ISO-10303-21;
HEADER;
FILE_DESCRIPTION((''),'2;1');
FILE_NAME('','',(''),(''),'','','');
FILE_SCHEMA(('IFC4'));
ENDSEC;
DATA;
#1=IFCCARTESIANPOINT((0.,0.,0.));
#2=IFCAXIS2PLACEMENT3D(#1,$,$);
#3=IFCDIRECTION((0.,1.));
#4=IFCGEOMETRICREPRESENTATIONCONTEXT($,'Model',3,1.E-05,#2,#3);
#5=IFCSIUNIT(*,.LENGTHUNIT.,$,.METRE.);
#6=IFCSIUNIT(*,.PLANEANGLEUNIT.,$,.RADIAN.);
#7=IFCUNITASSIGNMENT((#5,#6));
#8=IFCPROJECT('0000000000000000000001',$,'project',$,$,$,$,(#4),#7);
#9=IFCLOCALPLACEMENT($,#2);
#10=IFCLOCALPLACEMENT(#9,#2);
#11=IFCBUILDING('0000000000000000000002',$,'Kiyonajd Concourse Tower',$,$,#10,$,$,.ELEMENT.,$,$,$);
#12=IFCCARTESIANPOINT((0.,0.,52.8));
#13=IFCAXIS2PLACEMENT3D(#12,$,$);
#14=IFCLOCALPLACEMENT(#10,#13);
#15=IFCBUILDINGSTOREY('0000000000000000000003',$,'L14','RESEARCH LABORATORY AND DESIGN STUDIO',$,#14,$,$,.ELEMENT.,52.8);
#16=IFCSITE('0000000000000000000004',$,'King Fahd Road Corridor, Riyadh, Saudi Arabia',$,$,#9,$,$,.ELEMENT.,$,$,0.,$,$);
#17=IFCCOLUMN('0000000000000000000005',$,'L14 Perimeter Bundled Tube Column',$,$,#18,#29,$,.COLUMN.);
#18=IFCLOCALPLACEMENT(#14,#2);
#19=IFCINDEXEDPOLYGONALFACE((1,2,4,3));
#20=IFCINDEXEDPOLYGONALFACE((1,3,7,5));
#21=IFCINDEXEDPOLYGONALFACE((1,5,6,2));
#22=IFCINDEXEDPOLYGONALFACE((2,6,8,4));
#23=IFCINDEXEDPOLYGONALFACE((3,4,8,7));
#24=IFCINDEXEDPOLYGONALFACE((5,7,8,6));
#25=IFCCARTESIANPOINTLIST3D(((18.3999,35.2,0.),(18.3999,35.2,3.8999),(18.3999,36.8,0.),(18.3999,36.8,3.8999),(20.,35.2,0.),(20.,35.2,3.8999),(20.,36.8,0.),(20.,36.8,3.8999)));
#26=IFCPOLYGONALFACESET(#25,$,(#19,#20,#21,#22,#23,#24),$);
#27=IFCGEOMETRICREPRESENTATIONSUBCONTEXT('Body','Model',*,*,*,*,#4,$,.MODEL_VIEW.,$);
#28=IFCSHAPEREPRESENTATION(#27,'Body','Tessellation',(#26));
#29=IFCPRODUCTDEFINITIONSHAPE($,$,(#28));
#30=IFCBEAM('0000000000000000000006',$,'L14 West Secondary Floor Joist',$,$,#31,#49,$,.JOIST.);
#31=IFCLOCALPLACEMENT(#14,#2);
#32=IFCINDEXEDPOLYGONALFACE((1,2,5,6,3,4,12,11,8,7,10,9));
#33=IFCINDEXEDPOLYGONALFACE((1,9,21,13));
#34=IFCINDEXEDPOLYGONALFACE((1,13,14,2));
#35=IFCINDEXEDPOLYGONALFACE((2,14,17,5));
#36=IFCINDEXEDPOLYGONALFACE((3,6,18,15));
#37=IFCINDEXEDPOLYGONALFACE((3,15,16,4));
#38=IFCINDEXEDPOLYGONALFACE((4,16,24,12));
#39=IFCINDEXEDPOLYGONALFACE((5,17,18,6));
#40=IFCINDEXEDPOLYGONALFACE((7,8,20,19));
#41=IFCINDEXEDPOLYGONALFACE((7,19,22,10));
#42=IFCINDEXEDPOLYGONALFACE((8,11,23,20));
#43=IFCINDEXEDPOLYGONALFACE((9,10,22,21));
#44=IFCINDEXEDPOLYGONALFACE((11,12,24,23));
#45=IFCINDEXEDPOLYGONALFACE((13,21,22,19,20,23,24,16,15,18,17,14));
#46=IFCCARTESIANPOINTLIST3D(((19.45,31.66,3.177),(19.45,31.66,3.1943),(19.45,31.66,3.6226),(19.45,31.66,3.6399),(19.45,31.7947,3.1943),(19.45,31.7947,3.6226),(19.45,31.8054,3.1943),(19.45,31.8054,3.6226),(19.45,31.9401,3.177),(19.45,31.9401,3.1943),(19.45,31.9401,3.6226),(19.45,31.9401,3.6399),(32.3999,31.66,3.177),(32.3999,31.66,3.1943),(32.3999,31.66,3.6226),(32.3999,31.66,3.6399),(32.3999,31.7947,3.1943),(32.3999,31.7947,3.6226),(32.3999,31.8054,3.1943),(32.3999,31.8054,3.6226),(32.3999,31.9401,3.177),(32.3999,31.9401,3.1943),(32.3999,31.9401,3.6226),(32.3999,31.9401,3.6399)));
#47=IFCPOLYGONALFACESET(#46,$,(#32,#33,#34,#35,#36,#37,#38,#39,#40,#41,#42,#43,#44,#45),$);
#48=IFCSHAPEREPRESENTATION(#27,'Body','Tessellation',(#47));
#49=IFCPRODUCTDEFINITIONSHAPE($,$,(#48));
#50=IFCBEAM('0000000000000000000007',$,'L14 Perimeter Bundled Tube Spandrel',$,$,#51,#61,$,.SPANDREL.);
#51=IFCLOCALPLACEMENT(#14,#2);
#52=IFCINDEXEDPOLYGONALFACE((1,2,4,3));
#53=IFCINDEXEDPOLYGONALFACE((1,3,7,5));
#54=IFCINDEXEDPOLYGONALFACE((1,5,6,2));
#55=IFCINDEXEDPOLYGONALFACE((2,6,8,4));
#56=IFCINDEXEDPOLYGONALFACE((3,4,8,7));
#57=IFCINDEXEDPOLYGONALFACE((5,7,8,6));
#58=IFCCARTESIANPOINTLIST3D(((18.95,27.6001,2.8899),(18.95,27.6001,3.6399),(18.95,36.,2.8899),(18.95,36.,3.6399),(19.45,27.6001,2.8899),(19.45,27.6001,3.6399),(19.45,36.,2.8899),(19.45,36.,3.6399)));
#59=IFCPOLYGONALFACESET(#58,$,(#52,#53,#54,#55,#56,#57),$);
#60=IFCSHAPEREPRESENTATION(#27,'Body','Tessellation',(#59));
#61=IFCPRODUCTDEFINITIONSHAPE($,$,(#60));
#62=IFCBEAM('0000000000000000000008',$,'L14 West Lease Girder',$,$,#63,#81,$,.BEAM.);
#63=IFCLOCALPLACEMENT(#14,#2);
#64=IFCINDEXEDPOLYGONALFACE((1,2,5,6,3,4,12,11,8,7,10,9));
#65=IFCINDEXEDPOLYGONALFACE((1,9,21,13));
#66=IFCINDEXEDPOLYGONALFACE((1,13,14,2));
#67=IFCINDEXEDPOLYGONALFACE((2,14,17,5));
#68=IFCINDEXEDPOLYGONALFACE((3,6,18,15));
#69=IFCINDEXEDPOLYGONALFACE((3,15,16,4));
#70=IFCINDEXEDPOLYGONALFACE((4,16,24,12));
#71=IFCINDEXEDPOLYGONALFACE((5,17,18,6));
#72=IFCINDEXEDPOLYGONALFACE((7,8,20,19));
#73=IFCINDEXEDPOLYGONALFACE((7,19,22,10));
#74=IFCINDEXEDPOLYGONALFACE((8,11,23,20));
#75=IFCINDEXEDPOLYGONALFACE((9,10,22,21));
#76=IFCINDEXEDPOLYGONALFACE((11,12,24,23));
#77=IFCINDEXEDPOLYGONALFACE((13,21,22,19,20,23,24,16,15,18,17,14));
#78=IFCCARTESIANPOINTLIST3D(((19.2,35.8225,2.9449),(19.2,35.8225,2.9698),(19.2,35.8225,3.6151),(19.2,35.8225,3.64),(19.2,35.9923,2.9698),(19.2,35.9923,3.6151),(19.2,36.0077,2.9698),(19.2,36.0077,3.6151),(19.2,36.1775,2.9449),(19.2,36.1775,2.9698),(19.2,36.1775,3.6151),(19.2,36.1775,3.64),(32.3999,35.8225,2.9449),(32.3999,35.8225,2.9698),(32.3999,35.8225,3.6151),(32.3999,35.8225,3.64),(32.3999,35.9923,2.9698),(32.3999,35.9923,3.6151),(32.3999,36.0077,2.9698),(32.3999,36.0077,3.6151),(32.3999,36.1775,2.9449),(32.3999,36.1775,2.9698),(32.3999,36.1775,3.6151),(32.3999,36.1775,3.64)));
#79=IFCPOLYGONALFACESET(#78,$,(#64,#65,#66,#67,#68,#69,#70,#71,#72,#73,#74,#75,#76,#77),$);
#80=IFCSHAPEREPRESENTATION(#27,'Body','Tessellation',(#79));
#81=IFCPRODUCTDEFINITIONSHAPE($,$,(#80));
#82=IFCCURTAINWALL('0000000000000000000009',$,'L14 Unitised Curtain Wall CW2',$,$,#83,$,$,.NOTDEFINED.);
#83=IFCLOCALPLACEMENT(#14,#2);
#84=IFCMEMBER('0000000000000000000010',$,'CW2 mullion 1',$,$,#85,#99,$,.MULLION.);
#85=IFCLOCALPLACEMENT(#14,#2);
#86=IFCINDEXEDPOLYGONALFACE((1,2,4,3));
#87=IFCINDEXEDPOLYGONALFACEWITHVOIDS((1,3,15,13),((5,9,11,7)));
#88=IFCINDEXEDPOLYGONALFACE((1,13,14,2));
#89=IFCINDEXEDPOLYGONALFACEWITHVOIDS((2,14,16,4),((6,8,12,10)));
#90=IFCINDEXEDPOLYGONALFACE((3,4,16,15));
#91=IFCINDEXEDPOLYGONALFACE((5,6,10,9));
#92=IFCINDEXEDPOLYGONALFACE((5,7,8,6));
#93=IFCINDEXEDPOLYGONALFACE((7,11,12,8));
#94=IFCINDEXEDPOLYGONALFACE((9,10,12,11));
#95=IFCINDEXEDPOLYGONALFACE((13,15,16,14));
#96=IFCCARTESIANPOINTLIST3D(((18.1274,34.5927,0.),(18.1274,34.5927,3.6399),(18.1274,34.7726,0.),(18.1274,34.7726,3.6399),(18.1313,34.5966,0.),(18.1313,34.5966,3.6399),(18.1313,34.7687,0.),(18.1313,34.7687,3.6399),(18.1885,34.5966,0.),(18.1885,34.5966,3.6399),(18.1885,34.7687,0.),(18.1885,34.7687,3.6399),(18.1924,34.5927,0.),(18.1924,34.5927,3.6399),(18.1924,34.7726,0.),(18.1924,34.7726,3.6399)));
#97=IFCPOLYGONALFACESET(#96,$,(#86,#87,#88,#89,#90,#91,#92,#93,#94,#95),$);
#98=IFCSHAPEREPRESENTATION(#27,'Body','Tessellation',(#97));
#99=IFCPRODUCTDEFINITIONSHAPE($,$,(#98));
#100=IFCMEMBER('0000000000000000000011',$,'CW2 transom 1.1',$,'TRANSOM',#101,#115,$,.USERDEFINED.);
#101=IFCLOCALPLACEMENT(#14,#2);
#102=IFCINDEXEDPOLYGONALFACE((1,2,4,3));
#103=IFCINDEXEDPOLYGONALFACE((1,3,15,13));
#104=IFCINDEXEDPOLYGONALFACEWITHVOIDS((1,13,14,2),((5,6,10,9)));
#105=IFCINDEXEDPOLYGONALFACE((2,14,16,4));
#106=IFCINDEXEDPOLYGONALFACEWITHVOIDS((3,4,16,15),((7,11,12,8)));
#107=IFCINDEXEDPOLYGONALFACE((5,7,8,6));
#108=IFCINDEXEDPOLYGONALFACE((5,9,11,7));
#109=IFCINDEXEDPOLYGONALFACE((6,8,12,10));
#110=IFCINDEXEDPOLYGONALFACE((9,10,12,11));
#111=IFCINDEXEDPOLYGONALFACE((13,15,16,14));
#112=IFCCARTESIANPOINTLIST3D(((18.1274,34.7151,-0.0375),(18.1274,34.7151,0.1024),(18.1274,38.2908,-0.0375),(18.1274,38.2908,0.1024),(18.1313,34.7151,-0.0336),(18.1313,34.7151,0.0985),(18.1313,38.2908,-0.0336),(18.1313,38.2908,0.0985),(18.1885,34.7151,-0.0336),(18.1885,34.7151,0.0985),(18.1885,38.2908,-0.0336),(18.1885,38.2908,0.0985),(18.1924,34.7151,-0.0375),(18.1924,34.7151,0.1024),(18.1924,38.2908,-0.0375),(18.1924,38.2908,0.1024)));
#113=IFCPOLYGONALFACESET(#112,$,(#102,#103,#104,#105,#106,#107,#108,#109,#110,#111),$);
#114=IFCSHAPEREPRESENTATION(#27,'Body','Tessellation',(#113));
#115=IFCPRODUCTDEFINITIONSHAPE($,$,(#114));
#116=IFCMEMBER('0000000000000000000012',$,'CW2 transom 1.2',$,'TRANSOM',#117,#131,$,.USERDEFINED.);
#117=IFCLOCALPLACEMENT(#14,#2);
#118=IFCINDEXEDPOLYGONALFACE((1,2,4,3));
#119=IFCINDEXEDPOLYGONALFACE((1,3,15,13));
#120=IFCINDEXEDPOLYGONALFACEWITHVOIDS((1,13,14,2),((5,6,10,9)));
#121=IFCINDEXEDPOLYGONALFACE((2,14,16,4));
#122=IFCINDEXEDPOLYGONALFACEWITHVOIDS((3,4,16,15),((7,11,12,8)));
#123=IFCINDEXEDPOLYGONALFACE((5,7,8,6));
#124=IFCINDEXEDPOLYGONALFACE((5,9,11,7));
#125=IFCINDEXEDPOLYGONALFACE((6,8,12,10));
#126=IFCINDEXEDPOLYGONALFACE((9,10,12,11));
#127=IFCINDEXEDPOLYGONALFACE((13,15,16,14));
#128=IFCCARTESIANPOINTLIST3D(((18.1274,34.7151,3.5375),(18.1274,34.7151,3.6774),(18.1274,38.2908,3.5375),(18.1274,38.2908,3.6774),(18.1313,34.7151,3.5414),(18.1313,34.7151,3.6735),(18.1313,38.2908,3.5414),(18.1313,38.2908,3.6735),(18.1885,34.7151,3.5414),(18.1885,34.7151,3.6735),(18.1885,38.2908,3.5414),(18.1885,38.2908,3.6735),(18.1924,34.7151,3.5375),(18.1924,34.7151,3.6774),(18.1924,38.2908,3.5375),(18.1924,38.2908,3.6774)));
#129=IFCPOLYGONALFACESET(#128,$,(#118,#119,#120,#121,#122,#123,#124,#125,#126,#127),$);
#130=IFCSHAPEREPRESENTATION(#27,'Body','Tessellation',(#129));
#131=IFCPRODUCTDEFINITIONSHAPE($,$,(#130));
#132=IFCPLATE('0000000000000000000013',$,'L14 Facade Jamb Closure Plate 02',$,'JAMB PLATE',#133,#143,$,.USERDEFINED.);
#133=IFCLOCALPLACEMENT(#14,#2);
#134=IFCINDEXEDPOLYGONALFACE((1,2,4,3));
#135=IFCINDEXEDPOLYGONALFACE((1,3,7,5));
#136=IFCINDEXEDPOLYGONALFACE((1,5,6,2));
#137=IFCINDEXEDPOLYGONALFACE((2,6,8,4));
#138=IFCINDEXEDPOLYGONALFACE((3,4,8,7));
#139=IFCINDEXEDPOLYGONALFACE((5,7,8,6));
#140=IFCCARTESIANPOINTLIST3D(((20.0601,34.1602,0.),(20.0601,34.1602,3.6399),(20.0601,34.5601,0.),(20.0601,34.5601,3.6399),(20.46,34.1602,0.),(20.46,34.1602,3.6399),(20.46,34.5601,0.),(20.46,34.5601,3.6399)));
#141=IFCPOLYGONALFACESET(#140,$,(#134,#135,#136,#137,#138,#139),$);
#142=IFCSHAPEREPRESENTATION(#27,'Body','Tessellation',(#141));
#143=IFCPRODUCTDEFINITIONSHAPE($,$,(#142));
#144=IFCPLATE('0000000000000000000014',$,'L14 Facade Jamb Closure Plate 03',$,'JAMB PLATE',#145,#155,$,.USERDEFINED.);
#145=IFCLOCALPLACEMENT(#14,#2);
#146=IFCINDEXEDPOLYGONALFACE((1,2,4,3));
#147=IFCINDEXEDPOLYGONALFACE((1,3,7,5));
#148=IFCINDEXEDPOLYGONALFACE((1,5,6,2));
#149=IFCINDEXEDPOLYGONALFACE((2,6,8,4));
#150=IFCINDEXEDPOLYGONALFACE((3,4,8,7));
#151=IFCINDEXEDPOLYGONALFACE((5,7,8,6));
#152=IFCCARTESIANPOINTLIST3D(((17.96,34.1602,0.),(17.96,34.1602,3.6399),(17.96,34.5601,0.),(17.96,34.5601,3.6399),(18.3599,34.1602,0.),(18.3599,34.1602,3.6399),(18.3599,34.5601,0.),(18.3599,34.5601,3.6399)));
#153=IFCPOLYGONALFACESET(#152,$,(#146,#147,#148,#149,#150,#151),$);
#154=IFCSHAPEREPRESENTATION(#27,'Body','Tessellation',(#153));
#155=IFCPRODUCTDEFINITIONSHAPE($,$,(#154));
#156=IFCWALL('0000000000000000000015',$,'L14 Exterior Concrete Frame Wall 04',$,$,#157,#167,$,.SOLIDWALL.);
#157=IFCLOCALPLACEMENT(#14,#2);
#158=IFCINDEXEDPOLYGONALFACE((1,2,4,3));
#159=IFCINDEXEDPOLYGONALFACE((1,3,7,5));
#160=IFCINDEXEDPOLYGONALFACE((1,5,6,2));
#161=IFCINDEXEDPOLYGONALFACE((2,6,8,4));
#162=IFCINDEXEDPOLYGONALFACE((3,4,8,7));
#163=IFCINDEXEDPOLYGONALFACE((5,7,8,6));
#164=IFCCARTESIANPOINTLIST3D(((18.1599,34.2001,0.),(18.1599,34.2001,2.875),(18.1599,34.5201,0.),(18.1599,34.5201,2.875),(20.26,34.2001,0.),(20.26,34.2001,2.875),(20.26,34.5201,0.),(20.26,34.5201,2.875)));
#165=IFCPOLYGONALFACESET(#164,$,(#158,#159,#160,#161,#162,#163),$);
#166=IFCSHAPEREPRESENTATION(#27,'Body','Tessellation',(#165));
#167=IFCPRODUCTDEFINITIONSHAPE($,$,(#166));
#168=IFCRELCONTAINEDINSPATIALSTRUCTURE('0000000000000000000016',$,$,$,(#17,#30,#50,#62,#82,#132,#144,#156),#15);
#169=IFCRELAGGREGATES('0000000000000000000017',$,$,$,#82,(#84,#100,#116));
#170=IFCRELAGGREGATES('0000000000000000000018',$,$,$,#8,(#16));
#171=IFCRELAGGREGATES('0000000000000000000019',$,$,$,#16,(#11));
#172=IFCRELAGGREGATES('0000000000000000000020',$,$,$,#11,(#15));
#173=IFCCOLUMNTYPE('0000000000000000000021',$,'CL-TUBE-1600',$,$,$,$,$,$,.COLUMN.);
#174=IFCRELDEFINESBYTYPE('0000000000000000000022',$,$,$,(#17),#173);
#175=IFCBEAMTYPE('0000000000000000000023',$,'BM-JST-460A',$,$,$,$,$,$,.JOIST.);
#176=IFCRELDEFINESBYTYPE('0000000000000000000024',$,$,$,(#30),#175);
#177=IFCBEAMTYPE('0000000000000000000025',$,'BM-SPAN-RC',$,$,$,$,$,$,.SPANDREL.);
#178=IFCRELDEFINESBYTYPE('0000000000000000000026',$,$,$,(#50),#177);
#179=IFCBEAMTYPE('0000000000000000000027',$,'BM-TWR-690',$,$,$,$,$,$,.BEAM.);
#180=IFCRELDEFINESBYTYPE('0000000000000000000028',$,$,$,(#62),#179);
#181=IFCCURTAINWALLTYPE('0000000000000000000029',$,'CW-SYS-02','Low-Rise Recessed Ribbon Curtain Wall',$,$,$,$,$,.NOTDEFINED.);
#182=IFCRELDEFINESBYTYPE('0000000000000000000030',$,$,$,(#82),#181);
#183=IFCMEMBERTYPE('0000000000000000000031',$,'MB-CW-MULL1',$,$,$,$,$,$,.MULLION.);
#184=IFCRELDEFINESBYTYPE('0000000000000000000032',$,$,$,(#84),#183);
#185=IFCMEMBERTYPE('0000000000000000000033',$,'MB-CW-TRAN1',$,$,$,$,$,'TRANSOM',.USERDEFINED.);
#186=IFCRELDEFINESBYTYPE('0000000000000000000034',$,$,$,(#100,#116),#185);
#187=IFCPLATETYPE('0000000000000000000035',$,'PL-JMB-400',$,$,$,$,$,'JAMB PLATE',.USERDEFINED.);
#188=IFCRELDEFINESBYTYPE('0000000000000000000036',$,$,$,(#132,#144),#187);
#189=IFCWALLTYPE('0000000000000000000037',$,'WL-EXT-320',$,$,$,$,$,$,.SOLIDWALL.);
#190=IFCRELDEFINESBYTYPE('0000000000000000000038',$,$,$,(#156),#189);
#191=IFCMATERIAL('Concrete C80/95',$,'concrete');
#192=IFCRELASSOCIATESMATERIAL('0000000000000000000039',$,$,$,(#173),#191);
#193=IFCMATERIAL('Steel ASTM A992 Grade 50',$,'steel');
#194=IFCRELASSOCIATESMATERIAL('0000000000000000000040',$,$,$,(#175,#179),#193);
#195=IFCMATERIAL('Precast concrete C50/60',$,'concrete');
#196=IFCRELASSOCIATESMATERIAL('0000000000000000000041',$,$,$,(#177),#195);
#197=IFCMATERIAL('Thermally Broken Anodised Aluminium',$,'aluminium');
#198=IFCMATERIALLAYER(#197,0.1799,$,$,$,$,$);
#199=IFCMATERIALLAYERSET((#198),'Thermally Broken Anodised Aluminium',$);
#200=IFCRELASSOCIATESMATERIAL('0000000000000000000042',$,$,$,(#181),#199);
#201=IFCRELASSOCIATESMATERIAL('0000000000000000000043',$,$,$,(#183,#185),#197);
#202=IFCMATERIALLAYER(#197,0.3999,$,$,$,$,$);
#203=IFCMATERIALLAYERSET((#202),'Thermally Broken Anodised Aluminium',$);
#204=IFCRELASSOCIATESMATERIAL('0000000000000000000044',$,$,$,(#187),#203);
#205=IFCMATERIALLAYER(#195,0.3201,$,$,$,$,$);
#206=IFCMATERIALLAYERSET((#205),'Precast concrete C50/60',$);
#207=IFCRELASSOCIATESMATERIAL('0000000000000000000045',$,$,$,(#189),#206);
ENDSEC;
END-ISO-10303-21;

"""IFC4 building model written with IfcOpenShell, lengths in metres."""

from ifc_helpers import new_model, si_unit, direction, frame, frame_2d, origin, origin_2d, place, context, subcontext, project, spatial, rectangle, hollow_rectangle, i_section, extrude, material, layer, layer_set, material_profile, profile_set, type_object, element, aggregate, save


model = new_model("IFC4")

# Units and contexts
model_context = context("Model", 3, precision=1e-05, world=origin(), true_north=direction((0.0, 1.0)))
body_context = subcontext(model_context, "Body", "Model", "MODEL_VIEW")
ifc_project = project(units=[si_unit("LENGTHUNIT", "METRE"), si_unit("PLANEANGLEUNIT", "RADIAN")], contexts=[model_context])

# Site, building, storey
site_placement = place(None, origin())
site = spatial("IfcSite", under=ifc_project, at=site_placement, Name="King Fahd Road Corridor, Riyadh, Saudi Arabia", CompositionType="ELEMENT", RefElevation=0.0)
building_placement = place(site_placement, origin())
building = spatial("IfcBuilding", under=site, at=building_placement, Name="Kiyonajd Concourse Tower", CompositionType="ELEMENT")
storey_placement = place(building_placement, frame((0.0, 0.0, 52.8)))
storey = spatial("IfcBuildingStorey", under=building, at=storey_placement, Name="L14", Description="RESEARCH LABORATORY AND DESIGN STUDIO", CompositionType="ELEMENT", Elevation=52.8)

# Column
ifc_material_1 = material(Name="Concrete C80/95", Category="concrete")
ifc_material_profile_1 = material_profile(ifc_material_1, rectangle(XDim=1.6001, YDim=1.6001, at=origin_2d()), Name="RC-1600x1600")
ifc_profile_set_1 = profile_set([ifc_material_profile_1], Name="Concrete C80/95")
column_type = type_object("IfcColumnType", Name="CL-TUBE-1600", PredefinedType="COLUMN", material=ifc_profile_set_1)
column_placement = place(storey_placement, frame((19.2, 36.0, 0.0), z_axis=(0.0, 0.0, 1.0), x_axis=(1.0, 0.0, 0.0)))
element("IfcColumn", 1, at=column_placement, inside=storey, type_object=column_type, Name="L14 Perimeter Bundled Tube Column", PredefinedType="COLUMN", context=body_context, shape_type="SweptSolid", body=[
    extrude(rectangle(XDim=1.6001, YDim=1.6001, at=origin_2d()), origin(), (0.0, 0.0, 1.0), 3.8999),
])

# Beams
ifc_material_2 = material(Name="Steel ASTM A992 Grade 50", Category="steel")
ifc_material_profile_2 = material_profile(ifc_material_2, i_section(OverallWidth=0.28, OverallDepth=0.4629, WebThickness=0.0107, FlangeThickness=0.0173, at=origin_2d()), Name="W460X113")
ifc_profile_set_2 = profile_set([ifc_material_profile_2], Name="Steel ASTM A992 Grade 50")
beam_type_1 = type_object("IfcBeamType", Name="BM-JST-460A", PredefinedType="JOIST", material=ifc_profile_set_2)
beam_1_placement = place(storey_placement, frame((19.45, 31.8, 3.4084), z_axis=(1.0, 0.0, 0.0), x_axis=(0.0, 1.0, 0.0)))
element("IfcBeam", 2, at=beam_1_placement, inside=storey, type_object=beam_type_1, Name="L14 West Secondary Floor Joist", PredefinedType="JOIST", context=body_context, shape_type="SweptSolid", body=[
    extrude(i_section(OverallWidth=0.28, OverallDepth=0.4629, WebThickness=0.0107, FlangeThickness=0.0173, at=origin_2d()), origin(), (0.0, 0.0, 1.0), 12.95),
])
ifc_material_3 = material(Name="Precast concrete C50/60", Category="concrete")
ifc_material_profile_3 = material_profile(ifc_material_3, rectangle(XDim=0.5, YDim=0.75, at=origin_2d()), Name="RCBM-500x750")
ifc_profile_set_3 = profile_set([ifc_material_profile_3], Name="Precast concrete C50/60")
beam_type_2 = type_object("IfcBeamType", Name="BM-SPAN-RC", PredefinedType="SPANDREL", material=ifc_profile_set_3)
beam_2_placement = place(storey_placement, frame((19.2, 36.0, 3.2649), z_axis=(0.0, -1.0, 0.0), x_axis=(1.0, 0.0, 0.0)))
element("IfcBeam", 3, at=beam_2_placement, inside=storey, type_object=beam_type_2, Name="L14 Perimeter Bundled Tube Spandrel", PredefinedType="SPANDREL", context=body_context, shape_type="SweptSolid", body=[
    extrude(rectangle(XDim=0.5, YDim=0.75, at=origin_2d()), origin(), (0.0, 0.0, 1.0), 8.3999),
])
ifc_material_profile_4 = material_profile(ifc_material_2, i_section(OverallWidth=0.355, OverallDepth=0.6951, WebThickness=0.0154, FlangeThickness=0.0249, at=origin_2d()), Name="W690X217")
ifc_profile_set_4 = profile_set([ifc_material_profile_4], Name="Steel ASTM A992 Grade 50")
beam_type_3 = type_object("IfcBeamType", Name="BM-TWR-690", PredefinedType="BEAM", material=ifc_profile_set_4)
beam_3_placement = place(storey_placement, frame((19.2, 36.0, 3.2925), z_axis=(1.0, 0.0, 0.0), x_axis=(0.0, 1.0, 0.0)))
element("IfcBeam", 4, at=beam_3_placement, inside=storey, type_object=beam_type_3, Name="L14 West Lease Girder", PredefinedType="BEAM", context=body_context, shape_type="SweptSolid", body=[
    extrude(i_section(OverallWidth=0.355, OverallDepth=0.6951, WebThickness=0.0154, FlangeThickness=0.0249, at=origin_2d()), origin(), (0.0, 0.0, 1.0), 13.2),
])

# Curtain wall, members
ifc_material_4 = material(Name="Thermally Broken Anodised Aluminium", Category="aluminium")
ifc_layer_1 = layer(ifc_material_4, 0.1799)
ifc_layer_set_1 = layer_set([ifc_layer_1], Name="Thermally Broken Anodised Aluminium")
curtain_wall_type = type_object("IfcCurtainWallType", Name="CW-SYS-02", Description="Low-Rise Recessed Ribbon Curtain Wall", PredefinedType="NOTDEFINED", material=ifc_layer_set_1)
curtain_wall_placement = place(storey_placement, origin())
curtain_wall = element("IfcCurtainWall", 5, at=curtain_wall_placement, inside=storey, type_object=curtain_wall_type, Name="L14 Unitised Curtain Wall CW2", PredefinedType="NOTDEFINED")
ifc_material_profile_5 = material_profile(ifc_material_4, hollow_rectangle(XDim=0.0649, YDim=0.1799, WallThickness=0.0039, at=origin_2d()), Name="MULL-65x180")
ifc_profile_set_5 = profile_set([ifc_material_profile_5], Name="Thermally Broken Anodised Aluminium")
member_type_1 = type_object("IfcMemberType", Name="MB-CW-MULL1", PredefinedType="MULLION", material=ifc_profile_set_5)
member_1_placement = place(storey_placement, frame((18.1599, 34.6826, 0.0), z_axis=(0.0, 0.0, 1.0), x_axis=(-1.0, 0.0, 0.0)))
member_1 = element("IfcMember", 6, at=member_1_placement, type_object=member_type_1, Name="CW2 mullion 1", PredefinedType="MULLION", context=body_context, shape_type="SweptSolid", body=[
    extrude(hollow_rectangle(XDim=0.0649, YDim=0.1799, WallThickness=0.0039, at=origin_2d()), origin(), (0.0, 0.0, 1.0), 3.6399),
])
ifc_material_profile_6 = material_profile(ifc_material_4, hollow_rectangle(XDim=0.0649, YDim=0.1399, WallThickness=0.0039, at=origin_2d()), Name="TRAN-65x140")
ifc_profile_set_6 = profile_set([ifc_material_profile_6], Name="Thermally Broken Anodised Aluminium")
member_type_2 = type_object("IfcMemberType", Name="MB-CW-TRAN1", ElementType="TRANSOM", PredefinedType="USERDEFINED", material=ifc_profile_set_6)
member_2_placement = place(storey_placement, frame((18.1599, 34.7151, 0.0325), z_axis=(0.0, 1.0, 0.0), x_axis=(-1.0, 0.0, 0.0)))
member_2 = element("IfcMember", 7, at=member_2_placement, type_object=member_type_2, Name="CW2 transom 1.1", ObjectType="TRANSOM", PredefinedType="USERDEFINED", context=body_context, shape_type="SweptSolid", body=[
    extrude(hollow_rectangle(XDim=0.0649, YDim=0.1399, WallThickness=0.0039, at=origin_2d()), origin(), (0.0, 0.0, 1.0), 3.5757),
])
member_3_placement = place(storey_placement, frame((18.1599, 34.7151, 3.6074), z_axis=(0.0, 1.0, 0.0), x_axis=(-1.0, 0.0, 0.0)))
member_3 = element("IfcMember", 8, at=member_3_placement, type_object=member_type_2, Name="CW2 transom 1.2", ObjectType="TRANSOM", PredefinedType="USERDEFINED", context=body_context, shape_type="SweptSolid", body=[
    extrude(hollow_rectangle(XDim=0.0649, YDim=0.1399, WallThickness=0.0039, at=origin_2d()), origin(), (0.0, 0.0, 1.0), 3.5757),
])
aggregate(curtain_wall, [member_1, member_2, member_3])

# Plates
ifc_layer_2 = layer(ifc_material_4, 0.3999)
ifc_layer_set_2 = layer_set([ifc_layer_2], Name="Thermally Broken Anodised Aluminium")
plate_type = type_object("IfcPlateType", Name="PL-JMB-400", ElementType="JAMB PLATE", PredefinedType="USERDEFINED", material=ifc_layer_set_2)
for number, where, z_axis, x_axis, name in (
    (9, (20.26, 34.3601, 0.0), (0.0, 0.0, 1.0), (1.0, 0.0, 0.0), "L14 Facade Jamb Closure Plate 02"),
    (10, (18.1599, 34.3601, 0.0), (0.0, 0.0, 1.0), (1.0, 0.0, 0.0), "L14 Facade Jamb Closure Plate 03"),
):
    element("IfcPlate", number, at=place(storey_placement, frame(where, z_axis=z_axis, x_axis=x_axis)), inside=storey, type_object=plate_type, Name=name, ObjectType="JAMB PLATE", PredefinedType="USERDEFINED", context=body_context, shape_type="SweptSolid", body=[
        extrude(rectangle(XDim=0.3999, YDim=0.3999, at=origin_2d()), origin(), (0.0, 0.0, 1.0), 3.6399),
    ])

# Wall
ifc_layer_3 = layer(ifc_material_3, 0.3201)
ifc_layer_set_3 = layer_set([ifc_layer_3], Name="Precast concrete C50/60")
wall_type = type_object("IfcWallType", Name="WL-EXT-320", PredefinedType="SOLIDWALL", material=ifc_layer_set_3)
wall_placement = place(storey_placement, frame((20.26, 34.3601, 0.0), z_axis=(0.0, 0.0, 1.0), x_axis=(-1.0, 0.0, 0.0)))
element("IfcWall", 11, at=wall_placement, inside=storey, type_object=wall_type, Name="L14 Exterior Concrete Frame Wall 04", PredefinedType="SOLIDWALL", context=body_context, shape_type="SweptSolid", body=[
    extrude(rectangle(XDim=2.1001, YDim=0.3201, at=frame_2d((1.05, 0.0))), origin(), (0.0, 0.0, 1.0), 2.875),
])

save(model, "model.ifc")
